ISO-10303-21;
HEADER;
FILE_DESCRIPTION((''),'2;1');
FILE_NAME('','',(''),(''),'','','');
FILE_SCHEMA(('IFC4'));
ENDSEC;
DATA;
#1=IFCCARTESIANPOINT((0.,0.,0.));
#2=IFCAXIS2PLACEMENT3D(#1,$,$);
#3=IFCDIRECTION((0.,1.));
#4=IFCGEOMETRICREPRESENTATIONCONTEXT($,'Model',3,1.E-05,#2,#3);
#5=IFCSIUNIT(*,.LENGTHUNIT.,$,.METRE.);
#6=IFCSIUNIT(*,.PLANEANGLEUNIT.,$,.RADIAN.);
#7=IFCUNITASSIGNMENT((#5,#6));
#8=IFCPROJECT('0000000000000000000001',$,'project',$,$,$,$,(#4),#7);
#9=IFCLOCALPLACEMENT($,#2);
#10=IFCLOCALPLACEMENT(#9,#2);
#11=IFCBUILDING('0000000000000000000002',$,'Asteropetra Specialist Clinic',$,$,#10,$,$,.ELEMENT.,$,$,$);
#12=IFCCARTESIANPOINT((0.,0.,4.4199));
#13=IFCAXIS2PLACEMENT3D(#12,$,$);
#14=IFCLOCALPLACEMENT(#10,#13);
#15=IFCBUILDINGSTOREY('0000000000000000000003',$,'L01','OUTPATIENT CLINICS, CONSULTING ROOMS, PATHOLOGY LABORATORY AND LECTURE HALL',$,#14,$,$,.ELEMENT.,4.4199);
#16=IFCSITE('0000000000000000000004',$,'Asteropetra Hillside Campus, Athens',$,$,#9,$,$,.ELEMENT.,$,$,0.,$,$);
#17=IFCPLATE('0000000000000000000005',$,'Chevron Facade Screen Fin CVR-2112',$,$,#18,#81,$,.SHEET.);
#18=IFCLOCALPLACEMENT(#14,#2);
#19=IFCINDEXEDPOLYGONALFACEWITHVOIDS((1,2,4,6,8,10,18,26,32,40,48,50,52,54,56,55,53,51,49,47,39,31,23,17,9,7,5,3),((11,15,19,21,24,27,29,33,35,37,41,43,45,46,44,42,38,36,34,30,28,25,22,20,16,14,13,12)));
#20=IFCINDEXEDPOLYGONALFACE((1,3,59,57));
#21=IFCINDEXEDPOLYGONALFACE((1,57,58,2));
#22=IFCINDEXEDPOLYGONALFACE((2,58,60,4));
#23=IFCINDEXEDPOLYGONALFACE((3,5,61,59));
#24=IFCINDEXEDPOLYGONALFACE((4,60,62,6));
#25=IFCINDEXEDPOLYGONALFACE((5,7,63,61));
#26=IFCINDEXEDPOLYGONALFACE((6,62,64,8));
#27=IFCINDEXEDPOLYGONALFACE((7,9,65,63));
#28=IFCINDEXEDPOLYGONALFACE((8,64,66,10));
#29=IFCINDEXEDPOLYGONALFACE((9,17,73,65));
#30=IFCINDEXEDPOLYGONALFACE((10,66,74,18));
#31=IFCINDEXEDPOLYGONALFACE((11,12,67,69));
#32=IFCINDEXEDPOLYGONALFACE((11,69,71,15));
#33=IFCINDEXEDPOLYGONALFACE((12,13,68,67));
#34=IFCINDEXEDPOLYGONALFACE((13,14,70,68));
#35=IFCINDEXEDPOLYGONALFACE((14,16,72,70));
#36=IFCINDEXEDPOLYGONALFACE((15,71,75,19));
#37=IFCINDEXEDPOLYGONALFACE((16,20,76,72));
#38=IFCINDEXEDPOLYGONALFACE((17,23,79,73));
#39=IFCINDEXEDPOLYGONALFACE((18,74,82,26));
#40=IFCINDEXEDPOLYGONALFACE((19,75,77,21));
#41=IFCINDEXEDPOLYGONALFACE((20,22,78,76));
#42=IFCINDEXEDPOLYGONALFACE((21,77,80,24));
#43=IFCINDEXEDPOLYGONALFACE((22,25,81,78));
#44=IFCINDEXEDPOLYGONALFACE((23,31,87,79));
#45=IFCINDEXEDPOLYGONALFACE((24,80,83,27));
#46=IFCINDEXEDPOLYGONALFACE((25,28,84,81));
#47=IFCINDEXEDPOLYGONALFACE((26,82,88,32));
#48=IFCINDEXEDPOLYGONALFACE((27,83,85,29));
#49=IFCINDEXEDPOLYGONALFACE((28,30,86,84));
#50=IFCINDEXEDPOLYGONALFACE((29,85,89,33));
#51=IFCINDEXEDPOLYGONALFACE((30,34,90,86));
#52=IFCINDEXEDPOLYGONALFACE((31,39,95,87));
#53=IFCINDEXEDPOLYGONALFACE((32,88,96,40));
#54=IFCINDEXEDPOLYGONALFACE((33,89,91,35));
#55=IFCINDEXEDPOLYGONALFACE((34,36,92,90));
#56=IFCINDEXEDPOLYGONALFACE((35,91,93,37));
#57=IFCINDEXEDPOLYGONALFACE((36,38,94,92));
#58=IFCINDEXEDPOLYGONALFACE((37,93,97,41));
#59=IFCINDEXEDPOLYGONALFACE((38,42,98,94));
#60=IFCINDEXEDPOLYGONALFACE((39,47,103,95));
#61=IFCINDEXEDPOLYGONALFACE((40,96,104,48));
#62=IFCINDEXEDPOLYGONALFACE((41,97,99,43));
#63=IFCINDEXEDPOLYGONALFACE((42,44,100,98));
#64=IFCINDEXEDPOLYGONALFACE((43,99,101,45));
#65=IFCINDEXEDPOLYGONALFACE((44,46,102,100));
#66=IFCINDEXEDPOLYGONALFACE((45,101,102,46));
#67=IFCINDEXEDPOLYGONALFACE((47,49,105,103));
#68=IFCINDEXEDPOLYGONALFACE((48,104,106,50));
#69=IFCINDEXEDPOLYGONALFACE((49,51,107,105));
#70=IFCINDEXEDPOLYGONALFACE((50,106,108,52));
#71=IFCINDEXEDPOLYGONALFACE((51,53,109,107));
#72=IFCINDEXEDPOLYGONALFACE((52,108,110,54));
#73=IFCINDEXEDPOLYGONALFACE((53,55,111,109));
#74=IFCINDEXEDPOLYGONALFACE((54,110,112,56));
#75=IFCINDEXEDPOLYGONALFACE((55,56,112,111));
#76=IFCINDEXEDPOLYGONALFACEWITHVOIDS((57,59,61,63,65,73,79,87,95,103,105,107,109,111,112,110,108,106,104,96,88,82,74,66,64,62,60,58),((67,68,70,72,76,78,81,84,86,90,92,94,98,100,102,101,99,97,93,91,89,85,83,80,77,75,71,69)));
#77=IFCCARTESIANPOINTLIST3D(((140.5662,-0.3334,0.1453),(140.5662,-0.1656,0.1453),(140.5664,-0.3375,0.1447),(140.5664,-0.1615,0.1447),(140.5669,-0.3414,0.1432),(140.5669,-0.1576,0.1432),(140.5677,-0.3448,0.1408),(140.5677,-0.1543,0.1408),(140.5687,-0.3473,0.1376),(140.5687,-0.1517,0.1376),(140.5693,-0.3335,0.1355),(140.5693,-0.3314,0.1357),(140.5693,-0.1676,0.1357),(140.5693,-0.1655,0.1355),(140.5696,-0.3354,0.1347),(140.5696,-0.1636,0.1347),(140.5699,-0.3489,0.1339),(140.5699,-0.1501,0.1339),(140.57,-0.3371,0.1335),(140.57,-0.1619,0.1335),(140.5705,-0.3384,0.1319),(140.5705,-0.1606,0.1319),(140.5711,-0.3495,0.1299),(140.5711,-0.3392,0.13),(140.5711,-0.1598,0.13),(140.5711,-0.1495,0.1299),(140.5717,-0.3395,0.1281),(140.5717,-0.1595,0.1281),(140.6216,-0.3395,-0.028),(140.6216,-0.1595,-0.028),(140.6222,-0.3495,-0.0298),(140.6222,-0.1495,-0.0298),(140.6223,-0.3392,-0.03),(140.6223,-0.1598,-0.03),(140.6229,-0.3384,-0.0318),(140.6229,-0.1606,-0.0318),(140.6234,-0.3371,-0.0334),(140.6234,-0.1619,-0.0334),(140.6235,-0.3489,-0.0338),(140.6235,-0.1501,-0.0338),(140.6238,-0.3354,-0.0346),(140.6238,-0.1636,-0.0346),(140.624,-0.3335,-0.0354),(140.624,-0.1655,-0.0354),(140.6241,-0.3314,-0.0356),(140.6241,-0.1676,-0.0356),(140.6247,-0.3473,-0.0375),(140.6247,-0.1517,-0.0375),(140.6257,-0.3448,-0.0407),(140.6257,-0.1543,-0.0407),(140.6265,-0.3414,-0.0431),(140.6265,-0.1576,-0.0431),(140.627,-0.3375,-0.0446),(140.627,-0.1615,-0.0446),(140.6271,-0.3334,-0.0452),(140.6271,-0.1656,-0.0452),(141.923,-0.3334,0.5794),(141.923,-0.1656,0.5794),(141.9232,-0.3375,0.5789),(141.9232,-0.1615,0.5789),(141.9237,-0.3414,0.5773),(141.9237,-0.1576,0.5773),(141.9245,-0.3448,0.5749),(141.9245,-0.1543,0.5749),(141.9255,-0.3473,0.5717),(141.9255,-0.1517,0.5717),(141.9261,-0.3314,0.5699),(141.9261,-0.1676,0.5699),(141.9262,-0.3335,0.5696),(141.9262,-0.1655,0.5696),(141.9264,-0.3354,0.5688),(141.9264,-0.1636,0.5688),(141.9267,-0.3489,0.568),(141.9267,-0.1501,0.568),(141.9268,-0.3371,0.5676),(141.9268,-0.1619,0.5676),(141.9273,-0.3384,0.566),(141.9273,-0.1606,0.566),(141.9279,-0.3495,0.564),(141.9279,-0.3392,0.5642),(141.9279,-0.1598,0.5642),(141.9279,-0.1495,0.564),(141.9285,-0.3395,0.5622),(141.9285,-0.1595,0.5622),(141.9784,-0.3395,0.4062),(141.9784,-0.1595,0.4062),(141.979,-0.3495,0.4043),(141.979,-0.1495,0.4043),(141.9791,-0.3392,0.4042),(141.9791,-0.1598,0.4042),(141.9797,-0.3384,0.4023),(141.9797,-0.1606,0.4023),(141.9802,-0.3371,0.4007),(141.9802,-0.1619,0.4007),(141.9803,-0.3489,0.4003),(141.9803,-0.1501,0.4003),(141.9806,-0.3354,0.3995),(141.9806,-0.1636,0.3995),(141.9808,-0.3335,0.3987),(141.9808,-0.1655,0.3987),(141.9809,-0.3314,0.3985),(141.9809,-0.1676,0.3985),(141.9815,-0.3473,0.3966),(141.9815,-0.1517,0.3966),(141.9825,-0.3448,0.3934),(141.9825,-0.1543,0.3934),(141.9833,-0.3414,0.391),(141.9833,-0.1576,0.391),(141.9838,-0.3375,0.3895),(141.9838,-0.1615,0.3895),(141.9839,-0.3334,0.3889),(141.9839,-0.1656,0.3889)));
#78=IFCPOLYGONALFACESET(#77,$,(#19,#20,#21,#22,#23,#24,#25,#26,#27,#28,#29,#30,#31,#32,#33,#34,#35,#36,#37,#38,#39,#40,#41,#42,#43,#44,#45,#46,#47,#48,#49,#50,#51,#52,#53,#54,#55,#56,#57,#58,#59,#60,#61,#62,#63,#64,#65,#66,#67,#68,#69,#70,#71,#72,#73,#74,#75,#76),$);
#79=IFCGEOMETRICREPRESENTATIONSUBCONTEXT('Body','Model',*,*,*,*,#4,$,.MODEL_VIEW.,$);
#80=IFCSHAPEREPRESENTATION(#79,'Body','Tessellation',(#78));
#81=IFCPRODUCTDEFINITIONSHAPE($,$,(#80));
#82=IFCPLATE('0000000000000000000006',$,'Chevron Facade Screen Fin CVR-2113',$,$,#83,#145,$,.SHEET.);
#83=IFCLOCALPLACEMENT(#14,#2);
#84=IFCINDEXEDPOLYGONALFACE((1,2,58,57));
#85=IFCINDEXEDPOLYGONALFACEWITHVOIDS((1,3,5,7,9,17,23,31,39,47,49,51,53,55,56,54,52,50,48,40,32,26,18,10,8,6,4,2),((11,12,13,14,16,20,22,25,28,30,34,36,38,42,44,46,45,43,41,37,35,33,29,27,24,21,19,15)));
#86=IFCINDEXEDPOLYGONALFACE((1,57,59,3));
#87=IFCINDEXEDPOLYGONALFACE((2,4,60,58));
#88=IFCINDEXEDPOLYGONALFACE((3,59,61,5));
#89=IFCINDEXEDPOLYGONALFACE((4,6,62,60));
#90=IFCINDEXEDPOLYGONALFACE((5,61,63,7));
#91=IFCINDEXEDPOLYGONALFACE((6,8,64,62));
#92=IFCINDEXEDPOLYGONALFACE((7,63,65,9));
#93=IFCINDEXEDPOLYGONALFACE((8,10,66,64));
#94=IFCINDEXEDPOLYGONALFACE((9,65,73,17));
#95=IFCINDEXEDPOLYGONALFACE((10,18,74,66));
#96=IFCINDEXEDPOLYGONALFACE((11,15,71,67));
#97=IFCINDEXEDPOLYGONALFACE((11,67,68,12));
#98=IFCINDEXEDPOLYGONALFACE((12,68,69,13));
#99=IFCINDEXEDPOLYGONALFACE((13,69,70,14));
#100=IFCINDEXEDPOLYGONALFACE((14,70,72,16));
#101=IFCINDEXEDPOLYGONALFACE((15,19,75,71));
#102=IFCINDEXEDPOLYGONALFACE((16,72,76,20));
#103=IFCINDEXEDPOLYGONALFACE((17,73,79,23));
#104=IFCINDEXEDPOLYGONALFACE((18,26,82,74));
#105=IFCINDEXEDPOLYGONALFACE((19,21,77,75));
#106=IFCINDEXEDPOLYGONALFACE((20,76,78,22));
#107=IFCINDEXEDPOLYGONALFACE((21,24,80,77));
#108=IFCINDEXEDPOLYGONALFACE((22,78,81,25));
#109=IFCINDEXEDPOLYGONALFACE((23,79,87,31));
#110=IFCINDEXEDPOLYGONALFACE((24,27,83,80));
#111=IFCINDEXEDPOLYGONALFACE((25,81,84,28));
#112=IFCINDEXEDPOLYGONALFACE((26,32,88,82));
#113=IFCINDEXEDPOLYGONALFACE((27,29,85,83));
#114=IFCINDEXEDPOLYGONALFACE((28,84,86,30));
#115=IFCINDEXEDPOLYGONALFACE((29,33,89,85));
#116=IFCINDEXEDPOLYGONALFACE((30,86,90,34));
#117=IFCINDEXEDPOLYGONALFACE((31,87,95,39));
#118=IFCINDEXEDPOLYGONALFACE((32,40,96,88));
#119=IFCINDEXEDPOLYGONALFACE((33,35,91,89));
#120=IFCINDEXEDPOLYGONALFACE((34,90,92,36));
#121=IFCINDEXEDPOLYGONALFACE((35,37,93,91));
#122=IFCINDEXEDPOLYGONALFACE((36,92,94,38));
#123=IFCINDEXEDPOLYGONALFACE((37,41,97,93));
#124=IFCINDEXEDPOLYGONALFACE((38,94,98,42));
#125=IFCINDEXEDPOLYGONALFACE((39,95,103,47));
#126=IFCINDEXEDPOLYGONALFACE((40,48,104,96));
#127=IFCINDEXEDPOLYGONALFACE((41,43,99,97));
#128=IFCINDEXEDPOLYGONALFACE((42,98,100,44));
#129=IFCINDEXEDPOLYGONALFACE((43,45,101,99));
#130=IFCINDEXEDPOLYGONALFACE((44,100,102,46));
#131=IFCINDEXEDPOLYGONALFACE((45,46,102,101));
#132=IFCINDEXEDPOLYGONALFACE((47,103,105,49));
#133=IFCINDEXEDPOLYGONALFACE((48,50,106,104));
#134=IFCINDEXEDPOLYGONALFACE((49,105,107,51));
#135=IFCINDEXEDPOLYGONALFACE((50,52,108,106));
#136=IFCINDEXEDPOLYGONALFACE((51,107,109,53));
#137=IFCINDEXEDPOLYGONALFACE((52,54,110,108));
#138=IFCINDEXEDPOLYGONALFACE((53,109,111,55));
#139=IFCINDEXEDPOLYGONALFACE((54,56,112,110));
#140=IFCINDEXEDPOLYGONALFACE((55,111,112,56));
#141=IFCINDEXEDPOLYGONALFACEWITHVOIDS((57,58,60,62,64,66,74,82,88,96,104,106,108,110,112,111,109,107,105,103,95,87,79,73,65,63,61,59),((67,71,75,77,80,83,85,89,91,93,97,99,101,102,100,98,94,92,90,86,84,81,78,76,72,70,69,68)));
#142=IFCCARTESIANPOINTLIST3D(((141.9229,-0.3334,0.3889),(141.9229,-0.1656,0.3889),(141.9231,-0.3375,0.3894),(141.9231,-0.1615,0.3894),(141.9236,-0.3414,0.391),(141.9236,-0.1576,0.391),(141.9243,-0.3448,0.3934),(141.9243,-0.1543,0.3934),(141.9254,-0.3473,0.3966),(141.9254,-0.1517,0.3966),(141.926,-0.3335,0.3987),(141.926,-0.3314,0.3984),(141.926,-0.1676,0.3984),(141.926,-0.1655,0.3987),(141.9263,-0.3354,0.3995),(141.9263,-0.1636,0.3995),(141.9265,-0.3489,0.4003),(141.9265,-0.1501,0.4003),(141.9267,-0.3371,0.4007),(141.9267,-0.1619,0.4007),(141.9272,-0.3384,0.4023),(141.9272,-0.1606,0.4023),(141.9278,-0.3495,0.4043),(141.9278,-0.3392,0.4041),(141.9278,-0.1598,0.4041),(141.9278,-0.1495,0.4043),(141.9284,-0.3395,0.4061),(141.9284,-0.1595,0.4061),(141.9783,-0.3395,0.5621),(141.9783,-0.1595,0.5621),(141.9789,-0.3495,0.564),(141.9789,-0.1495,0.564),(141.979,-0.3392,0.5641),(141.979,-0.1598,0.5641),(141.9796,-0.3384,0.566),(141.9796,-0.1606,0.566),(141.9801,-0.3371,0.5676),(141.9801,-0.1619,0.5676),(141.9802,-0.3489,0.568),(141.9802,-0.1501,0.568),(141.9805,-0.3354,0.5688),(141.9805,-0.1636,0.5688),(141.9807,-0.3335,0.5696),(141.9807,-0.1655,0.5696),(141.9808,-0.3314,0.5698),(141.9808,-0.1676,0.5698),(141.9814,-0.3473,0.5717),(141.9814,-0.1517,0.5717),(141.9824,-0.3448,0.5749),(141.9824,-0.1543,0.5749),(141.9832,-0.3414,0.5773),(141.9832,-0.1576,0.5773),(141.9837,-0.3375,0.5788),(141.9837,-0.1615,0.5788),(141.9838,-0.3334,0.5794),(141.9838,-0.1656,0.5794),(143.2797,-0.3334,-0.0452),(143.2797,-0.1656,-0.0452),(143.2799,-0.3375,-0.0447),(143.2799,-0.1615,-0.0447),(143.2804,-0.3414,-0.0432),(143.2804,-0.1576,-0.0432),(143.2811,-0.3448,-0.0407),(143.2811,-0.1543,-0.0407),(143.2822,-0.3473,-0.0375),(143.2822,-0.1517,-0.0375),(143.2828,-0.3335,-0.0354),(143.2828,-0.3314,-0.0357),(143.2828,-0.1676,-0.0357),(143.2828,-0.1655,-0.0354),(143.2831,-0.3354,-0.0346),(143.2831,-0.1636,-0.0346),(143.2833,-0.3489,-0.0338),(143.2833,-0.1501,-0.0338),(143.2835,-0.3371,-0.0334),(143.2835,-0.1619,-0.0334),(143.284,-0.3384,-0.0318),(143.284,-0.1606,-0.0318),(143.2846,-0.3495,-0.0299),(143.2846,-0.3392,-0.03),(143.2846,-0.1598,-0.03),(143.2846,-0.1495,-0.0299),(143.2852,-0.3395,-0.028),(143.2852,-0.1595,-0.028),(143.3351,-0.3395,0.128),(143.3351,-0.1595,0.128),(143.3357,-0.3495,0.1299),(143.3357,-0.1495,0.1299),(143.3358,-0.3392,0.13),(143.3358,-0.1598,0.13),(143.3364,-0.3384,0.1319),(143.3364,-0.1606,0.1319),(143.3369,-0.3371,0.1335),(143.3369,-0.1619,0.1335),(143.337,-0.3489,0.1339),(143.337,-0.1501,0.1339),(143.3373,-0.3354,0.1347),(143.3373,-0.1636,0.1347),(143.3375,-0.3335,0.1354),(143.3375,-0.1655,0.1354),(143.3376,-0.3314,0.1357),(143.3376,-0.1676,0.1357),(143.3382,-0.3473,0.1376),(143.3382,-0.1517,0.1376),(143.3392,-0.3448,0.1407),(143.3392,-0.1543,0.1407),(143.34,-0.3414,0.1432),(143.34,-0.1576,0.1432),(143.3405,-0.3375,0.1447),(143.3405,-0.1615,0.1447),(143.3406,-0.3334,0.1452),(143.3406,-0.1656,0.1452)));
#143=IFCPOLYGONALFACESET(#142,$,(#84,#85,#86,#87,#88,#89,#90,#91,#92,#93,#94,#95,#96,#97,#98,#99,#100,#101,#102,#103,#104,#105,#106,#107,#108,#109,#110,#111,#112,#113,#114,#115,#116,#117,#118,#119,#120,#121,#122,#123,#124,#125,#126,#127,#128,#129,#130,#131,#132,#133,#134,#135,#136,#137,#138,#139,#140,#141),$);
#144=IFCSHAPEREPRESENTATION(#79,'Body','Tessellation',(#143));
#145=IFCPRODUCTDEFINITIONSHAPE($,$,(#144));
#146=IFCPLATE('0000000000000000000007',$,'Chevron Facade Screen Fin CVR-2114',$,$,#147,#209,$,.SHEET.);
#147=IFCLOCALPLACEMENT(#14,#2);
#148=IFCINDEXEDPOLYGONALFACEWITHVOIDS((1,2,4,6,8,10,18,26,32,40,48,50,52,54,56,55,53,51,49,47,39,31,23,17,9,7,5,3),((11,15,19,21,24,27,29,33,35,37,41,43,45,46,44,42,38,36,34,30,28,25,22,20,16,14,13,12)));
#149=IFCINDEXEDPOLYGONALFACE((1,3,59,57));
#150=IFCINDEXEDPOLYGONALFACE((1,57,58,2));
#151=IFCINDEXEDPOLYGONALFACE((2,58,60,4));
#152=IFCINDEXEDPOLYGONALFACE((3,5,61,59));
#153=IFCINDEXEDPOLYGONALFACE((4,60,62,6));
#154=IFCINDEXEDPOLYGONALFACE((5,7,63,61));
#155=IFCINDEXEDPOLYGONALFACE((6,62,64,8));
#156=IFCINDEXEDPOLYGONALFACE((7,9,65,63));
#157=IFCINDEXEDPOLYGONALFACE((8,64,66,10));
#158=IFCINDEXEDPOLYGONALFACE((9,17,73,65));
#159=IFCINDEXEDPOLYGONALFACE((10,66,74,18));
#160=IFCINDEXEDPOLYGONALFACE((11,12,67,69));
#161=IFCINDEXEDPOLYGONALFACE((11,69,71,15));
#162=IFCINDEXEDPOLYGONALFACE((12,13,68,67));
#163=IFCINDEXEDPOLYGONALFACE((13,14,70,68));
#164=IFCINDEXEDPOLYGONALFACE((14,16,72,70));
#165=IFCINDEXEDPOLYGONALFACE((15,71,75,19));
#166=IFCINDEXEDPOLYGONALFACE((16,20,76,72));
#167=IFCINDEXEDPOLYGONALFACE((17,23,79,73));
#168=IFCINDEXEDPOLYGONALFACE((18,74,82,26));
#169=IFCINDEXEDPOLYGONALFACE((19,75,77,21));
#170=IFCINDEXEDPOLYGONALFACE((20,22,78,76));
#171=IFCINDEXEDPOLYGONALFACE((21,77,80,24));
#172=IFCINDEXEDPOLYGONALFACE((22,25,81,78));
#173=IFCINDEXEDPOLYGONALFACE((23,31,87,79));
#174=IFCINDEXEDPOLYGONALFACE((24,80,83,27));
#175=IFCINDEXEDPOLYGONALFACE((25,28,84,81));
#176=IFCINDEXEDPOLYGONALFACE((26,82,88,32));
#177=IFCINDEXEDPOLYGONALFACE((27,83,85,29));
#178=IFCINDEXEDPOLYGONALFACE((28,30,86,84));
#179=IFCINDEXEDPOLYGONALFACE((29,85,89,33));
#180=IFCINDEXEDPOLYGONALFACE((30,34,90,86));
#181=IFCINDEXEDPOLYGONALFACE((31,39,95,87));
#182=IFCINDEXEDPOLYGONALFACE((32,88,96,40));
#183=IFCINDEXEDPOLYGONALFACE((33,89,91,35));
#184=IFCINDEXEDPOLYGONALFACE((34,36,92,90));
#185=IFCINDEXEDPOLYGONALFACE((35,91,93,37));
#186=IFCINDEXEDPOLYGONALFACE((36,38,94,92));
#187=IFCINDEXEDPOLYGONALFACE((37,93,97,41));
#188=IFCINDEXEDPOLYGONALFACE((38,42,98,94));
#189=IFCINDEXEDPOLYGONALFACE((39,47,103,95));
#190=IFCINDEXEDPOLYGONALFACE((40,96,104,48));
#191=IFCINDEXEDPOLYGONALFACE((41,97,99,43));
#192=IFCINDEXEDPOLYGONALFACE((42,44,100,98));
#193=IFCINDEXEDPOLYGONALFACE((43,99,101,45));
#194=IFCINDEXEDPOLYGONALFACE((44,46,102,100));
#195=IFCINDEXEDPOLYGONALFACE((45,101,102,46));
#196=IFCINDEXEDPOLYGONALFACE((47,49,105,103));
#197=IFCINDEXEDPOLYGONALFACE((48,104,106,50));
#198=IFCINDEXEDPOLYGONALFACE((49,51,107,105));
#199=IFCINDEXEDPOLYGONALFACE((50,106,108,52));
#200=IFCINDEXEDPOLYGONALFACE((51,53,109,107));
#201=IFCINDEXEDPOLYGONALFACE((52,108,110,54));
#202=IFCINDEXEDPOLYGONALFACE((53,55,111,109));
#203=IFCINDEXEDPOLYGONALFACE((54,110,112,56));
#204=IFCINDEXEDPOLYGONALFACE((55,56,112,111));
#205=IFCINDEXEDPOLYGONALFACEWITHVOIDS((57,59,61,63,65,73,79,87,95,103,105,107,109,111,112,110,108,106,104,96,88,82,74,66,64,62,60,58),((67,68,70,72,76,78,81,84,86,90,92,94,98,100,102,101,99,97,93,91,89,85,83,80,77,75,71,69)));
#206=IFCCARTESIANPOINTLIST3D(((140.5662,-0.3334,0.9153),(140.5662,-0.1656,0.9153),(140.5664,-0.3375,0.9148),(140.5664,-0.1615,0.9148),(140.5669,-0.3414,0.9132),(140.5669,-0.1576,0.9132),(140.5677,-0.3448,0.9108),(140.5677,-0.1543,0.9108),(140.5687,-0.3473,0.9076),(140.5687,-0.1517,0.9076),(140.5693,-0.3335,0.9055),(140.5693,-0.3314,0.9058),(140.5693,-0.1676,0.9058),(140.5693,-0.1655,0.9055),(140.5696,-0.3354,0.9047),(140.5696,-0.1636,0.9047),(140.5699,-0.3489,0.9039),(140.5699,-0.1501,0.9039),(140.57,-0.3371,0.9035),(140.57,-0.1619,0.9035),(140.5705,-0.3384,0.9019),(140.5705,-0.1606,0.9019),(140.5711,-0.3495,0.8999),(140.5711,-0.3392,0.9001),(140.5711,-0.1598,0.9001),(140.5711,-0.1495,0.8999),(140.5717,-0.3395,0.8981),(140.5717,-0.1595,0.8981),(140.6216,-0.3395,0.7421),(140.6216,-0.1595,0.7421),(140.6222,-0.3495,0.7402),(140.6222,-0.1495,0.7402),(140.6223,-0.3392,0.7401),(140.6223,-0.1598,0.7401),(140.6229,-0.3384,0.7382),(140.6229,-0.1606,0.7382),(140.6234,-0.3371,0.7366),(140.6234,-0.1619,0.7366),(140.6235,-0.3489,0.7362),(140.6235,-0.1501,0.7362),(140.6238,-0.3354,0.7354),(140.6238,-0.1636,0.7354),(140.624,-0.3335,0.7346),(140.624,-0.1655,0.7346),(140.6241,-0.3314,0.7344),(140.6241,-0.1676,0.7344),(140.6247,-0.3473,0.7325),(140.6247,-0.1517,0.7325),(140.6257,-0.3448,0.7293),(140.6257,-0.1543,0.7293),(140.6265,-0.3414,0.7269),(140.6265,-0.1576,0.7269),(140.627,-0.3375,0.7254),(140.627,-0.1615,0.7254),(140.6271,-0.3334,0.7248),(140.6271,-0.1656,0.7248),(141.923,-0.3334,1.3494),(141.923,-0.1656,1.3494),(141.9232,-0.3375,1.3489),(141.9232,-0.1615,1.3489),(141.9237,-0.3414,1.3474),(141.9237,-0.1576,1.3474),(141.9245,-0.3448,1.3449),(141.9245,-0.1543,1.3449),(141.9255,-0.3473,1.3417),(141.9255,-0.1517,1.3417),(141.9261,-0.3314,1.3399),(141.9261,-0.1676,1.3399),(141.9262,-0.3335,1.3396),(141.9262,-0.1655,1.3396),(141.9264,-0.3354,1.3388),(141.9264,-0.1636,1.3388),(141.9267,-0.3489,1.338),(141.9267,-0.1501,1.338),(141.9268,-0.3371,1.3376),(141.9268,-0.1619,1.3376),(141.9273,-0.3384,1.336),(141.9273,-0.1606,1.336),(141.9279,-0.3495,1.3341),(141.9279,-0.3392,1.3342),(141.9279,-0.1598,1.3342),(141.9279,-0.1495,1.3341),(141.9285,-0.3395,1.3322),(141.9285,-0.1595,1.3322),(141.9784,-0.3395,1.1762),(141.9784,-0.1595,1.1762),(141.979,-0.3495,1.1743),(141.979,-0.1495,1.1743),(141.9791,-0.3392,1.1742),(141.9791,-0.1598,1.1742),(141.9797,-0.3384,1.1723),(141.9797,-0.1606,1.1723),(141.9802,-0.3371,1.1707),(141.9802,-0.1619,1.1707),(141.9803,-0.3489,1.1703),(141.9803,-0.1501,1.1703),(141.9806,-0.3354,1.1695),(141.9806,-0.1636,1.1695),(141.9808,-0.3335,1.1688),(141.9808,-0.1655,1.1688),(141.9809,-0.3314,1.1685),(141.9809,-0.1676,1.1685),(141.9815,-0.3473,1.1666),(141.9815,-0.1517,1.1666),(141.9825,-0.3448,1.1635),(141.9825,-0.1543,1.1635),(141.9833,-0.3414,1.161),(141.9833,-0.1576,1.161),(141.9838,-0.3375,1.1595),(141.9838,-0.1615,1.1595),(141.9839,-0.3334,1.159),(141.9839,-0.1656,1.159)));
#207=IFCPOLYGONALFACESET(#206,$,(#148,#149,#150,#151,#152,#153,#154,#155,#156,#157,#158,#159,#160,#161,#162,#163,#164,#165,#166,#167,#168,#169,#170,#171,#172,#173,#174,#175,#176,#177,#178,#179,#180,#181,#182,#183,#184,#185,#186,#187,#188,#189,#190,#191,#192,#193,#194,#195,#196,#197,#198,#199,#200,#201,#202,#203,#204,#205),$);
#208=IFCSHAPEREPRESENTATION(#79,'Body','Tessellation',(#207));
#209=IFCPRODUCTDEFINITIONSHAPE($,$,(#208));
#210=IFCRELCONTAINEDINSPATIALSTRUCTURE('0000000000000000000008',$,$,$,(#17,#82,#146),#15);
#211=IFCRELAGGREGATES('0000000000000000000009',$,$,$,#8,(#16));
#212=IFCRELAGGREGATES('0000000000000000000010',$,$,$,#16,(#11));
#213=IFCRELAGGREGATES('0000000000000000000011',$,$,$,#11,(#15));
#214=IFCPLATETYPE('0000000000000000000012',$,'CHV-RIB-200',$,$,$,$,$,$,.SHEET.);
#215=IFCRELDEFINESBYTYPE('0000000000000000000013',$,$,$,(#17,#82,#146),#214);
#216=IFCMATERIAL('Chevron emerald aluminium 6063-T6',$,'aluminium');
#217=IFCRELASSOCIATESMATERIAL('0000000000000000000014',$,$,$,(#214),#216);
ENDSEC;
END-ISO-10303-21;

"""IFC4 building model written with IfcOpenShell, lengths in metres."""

from ifc_helpers import new_model, si_unit, direction, frame, origin, origin_2d, place, context, subcontext, project, spatial, hollow_rectangle, extrude, material, material_profile, profile_set, type_object, element, save


model = new_model("IFC4")

# Units and contexts
model_context = context("Model", 3, precision=1e-05, world=origin(), true_north=direction((0.0, 1.0)))
body_context = subcontext(model_context, "Body", "Model", "MODEL_VIEW")
ifc_project = project(units=[si_unit("LENGTHUNIT", "METRE"), si_unit("PLANEANGLEUNIT", "RADIAN")], contexts=[model_context])

# Site, building, storey
site_placement = place(None, origin())
site = spatial("IfcSite", under=ifc_project, at=site_placement, Name="Asteropetra Hillside Campus, Athens", CompositionType="ELEMENT", RefElevation=0.0)
building_placement = place(site_placement, origin())
building = spatial("IfcBuilding", under=site, at=building_placement, Name="Asteropetra Specialist Clinic", CompositionType="ELEMENT")
storey_placement = place(building_placement, frame((0.0, 0.0, 4.4199)))
storey = spatial("IfcBuildingStorey", under=building, at=storey_placement, Name="L01", Description="OUTPATIENT CLINICS, CONSULTING ROOMS, PATHOLOGY LABORATORY AND LECTURE HALL", CompositionType="ELEMENT", Elevation=4.4199)

# Plates
ifc_material_1 = material(Name="Chevron emerald aluminium 6063-T6", Category="aluminium")
ifc_material_profile_1 = material_profile(ifc_material_1, hollow_rectangle(XDim=0.2, YDim=0.2, WallThickness=0.01, InnerFilletRadius=0.0081, OuterFilletRadius=0.0161, at=origin_2d()), Name="SHS 200x200x10.0")
ifc_profile_set_1 = profile_set([ifc_material_profile_1], Name="Chevron emerald aluminium 6063-T6")
plate_type = type_object("IfcPlateType", Name="CHV-RIB-200", PredefinedType="SHEET", material=ifc_profile_set_1)
for number, where, z_axis, x_axis, name in (
    (1, (140.5967, -0.2495, 0.05), (0.952436, 0.0, 0.304738), (0.0, 1.0, 0.0), "Chevron Facade Screen Fin CVR-2112"),
    (2, (141.9534, -0.2495, 0.4841), (0.952436, 0.0, -0.304738), (0.0, 1.0, 0.0), "Chevron Facade Screen Fin CVR-2113"),
    (3, (140.5967, -0.2495, 0.8201), (0.952436, 0.0, 0.304738), (0.0, 1.0, 0.0), "Chevron Facade Screen Fin CVR-2114"),
):
    element("IfcPlate", number, at=place(storey_placement, frame(where, z_axis=z_axis, x_axis=x_axis)), inside=storey, type_object=plate_type, Name=name, PredefinedType="SHEET", context=body_context, shape_type="SweptSolid", body=[
        extrude(hollow_rectangle(XDim=0.2, YDim=0.2, WallThickness=0.01, InnerFilletRadius=0.0081, OuterFilletRadius=0.0161, at=origin_2d()), origin(), (0.0, 0.0, 1.0), 1.4246),
    ])

save(model, "model.ifc")
